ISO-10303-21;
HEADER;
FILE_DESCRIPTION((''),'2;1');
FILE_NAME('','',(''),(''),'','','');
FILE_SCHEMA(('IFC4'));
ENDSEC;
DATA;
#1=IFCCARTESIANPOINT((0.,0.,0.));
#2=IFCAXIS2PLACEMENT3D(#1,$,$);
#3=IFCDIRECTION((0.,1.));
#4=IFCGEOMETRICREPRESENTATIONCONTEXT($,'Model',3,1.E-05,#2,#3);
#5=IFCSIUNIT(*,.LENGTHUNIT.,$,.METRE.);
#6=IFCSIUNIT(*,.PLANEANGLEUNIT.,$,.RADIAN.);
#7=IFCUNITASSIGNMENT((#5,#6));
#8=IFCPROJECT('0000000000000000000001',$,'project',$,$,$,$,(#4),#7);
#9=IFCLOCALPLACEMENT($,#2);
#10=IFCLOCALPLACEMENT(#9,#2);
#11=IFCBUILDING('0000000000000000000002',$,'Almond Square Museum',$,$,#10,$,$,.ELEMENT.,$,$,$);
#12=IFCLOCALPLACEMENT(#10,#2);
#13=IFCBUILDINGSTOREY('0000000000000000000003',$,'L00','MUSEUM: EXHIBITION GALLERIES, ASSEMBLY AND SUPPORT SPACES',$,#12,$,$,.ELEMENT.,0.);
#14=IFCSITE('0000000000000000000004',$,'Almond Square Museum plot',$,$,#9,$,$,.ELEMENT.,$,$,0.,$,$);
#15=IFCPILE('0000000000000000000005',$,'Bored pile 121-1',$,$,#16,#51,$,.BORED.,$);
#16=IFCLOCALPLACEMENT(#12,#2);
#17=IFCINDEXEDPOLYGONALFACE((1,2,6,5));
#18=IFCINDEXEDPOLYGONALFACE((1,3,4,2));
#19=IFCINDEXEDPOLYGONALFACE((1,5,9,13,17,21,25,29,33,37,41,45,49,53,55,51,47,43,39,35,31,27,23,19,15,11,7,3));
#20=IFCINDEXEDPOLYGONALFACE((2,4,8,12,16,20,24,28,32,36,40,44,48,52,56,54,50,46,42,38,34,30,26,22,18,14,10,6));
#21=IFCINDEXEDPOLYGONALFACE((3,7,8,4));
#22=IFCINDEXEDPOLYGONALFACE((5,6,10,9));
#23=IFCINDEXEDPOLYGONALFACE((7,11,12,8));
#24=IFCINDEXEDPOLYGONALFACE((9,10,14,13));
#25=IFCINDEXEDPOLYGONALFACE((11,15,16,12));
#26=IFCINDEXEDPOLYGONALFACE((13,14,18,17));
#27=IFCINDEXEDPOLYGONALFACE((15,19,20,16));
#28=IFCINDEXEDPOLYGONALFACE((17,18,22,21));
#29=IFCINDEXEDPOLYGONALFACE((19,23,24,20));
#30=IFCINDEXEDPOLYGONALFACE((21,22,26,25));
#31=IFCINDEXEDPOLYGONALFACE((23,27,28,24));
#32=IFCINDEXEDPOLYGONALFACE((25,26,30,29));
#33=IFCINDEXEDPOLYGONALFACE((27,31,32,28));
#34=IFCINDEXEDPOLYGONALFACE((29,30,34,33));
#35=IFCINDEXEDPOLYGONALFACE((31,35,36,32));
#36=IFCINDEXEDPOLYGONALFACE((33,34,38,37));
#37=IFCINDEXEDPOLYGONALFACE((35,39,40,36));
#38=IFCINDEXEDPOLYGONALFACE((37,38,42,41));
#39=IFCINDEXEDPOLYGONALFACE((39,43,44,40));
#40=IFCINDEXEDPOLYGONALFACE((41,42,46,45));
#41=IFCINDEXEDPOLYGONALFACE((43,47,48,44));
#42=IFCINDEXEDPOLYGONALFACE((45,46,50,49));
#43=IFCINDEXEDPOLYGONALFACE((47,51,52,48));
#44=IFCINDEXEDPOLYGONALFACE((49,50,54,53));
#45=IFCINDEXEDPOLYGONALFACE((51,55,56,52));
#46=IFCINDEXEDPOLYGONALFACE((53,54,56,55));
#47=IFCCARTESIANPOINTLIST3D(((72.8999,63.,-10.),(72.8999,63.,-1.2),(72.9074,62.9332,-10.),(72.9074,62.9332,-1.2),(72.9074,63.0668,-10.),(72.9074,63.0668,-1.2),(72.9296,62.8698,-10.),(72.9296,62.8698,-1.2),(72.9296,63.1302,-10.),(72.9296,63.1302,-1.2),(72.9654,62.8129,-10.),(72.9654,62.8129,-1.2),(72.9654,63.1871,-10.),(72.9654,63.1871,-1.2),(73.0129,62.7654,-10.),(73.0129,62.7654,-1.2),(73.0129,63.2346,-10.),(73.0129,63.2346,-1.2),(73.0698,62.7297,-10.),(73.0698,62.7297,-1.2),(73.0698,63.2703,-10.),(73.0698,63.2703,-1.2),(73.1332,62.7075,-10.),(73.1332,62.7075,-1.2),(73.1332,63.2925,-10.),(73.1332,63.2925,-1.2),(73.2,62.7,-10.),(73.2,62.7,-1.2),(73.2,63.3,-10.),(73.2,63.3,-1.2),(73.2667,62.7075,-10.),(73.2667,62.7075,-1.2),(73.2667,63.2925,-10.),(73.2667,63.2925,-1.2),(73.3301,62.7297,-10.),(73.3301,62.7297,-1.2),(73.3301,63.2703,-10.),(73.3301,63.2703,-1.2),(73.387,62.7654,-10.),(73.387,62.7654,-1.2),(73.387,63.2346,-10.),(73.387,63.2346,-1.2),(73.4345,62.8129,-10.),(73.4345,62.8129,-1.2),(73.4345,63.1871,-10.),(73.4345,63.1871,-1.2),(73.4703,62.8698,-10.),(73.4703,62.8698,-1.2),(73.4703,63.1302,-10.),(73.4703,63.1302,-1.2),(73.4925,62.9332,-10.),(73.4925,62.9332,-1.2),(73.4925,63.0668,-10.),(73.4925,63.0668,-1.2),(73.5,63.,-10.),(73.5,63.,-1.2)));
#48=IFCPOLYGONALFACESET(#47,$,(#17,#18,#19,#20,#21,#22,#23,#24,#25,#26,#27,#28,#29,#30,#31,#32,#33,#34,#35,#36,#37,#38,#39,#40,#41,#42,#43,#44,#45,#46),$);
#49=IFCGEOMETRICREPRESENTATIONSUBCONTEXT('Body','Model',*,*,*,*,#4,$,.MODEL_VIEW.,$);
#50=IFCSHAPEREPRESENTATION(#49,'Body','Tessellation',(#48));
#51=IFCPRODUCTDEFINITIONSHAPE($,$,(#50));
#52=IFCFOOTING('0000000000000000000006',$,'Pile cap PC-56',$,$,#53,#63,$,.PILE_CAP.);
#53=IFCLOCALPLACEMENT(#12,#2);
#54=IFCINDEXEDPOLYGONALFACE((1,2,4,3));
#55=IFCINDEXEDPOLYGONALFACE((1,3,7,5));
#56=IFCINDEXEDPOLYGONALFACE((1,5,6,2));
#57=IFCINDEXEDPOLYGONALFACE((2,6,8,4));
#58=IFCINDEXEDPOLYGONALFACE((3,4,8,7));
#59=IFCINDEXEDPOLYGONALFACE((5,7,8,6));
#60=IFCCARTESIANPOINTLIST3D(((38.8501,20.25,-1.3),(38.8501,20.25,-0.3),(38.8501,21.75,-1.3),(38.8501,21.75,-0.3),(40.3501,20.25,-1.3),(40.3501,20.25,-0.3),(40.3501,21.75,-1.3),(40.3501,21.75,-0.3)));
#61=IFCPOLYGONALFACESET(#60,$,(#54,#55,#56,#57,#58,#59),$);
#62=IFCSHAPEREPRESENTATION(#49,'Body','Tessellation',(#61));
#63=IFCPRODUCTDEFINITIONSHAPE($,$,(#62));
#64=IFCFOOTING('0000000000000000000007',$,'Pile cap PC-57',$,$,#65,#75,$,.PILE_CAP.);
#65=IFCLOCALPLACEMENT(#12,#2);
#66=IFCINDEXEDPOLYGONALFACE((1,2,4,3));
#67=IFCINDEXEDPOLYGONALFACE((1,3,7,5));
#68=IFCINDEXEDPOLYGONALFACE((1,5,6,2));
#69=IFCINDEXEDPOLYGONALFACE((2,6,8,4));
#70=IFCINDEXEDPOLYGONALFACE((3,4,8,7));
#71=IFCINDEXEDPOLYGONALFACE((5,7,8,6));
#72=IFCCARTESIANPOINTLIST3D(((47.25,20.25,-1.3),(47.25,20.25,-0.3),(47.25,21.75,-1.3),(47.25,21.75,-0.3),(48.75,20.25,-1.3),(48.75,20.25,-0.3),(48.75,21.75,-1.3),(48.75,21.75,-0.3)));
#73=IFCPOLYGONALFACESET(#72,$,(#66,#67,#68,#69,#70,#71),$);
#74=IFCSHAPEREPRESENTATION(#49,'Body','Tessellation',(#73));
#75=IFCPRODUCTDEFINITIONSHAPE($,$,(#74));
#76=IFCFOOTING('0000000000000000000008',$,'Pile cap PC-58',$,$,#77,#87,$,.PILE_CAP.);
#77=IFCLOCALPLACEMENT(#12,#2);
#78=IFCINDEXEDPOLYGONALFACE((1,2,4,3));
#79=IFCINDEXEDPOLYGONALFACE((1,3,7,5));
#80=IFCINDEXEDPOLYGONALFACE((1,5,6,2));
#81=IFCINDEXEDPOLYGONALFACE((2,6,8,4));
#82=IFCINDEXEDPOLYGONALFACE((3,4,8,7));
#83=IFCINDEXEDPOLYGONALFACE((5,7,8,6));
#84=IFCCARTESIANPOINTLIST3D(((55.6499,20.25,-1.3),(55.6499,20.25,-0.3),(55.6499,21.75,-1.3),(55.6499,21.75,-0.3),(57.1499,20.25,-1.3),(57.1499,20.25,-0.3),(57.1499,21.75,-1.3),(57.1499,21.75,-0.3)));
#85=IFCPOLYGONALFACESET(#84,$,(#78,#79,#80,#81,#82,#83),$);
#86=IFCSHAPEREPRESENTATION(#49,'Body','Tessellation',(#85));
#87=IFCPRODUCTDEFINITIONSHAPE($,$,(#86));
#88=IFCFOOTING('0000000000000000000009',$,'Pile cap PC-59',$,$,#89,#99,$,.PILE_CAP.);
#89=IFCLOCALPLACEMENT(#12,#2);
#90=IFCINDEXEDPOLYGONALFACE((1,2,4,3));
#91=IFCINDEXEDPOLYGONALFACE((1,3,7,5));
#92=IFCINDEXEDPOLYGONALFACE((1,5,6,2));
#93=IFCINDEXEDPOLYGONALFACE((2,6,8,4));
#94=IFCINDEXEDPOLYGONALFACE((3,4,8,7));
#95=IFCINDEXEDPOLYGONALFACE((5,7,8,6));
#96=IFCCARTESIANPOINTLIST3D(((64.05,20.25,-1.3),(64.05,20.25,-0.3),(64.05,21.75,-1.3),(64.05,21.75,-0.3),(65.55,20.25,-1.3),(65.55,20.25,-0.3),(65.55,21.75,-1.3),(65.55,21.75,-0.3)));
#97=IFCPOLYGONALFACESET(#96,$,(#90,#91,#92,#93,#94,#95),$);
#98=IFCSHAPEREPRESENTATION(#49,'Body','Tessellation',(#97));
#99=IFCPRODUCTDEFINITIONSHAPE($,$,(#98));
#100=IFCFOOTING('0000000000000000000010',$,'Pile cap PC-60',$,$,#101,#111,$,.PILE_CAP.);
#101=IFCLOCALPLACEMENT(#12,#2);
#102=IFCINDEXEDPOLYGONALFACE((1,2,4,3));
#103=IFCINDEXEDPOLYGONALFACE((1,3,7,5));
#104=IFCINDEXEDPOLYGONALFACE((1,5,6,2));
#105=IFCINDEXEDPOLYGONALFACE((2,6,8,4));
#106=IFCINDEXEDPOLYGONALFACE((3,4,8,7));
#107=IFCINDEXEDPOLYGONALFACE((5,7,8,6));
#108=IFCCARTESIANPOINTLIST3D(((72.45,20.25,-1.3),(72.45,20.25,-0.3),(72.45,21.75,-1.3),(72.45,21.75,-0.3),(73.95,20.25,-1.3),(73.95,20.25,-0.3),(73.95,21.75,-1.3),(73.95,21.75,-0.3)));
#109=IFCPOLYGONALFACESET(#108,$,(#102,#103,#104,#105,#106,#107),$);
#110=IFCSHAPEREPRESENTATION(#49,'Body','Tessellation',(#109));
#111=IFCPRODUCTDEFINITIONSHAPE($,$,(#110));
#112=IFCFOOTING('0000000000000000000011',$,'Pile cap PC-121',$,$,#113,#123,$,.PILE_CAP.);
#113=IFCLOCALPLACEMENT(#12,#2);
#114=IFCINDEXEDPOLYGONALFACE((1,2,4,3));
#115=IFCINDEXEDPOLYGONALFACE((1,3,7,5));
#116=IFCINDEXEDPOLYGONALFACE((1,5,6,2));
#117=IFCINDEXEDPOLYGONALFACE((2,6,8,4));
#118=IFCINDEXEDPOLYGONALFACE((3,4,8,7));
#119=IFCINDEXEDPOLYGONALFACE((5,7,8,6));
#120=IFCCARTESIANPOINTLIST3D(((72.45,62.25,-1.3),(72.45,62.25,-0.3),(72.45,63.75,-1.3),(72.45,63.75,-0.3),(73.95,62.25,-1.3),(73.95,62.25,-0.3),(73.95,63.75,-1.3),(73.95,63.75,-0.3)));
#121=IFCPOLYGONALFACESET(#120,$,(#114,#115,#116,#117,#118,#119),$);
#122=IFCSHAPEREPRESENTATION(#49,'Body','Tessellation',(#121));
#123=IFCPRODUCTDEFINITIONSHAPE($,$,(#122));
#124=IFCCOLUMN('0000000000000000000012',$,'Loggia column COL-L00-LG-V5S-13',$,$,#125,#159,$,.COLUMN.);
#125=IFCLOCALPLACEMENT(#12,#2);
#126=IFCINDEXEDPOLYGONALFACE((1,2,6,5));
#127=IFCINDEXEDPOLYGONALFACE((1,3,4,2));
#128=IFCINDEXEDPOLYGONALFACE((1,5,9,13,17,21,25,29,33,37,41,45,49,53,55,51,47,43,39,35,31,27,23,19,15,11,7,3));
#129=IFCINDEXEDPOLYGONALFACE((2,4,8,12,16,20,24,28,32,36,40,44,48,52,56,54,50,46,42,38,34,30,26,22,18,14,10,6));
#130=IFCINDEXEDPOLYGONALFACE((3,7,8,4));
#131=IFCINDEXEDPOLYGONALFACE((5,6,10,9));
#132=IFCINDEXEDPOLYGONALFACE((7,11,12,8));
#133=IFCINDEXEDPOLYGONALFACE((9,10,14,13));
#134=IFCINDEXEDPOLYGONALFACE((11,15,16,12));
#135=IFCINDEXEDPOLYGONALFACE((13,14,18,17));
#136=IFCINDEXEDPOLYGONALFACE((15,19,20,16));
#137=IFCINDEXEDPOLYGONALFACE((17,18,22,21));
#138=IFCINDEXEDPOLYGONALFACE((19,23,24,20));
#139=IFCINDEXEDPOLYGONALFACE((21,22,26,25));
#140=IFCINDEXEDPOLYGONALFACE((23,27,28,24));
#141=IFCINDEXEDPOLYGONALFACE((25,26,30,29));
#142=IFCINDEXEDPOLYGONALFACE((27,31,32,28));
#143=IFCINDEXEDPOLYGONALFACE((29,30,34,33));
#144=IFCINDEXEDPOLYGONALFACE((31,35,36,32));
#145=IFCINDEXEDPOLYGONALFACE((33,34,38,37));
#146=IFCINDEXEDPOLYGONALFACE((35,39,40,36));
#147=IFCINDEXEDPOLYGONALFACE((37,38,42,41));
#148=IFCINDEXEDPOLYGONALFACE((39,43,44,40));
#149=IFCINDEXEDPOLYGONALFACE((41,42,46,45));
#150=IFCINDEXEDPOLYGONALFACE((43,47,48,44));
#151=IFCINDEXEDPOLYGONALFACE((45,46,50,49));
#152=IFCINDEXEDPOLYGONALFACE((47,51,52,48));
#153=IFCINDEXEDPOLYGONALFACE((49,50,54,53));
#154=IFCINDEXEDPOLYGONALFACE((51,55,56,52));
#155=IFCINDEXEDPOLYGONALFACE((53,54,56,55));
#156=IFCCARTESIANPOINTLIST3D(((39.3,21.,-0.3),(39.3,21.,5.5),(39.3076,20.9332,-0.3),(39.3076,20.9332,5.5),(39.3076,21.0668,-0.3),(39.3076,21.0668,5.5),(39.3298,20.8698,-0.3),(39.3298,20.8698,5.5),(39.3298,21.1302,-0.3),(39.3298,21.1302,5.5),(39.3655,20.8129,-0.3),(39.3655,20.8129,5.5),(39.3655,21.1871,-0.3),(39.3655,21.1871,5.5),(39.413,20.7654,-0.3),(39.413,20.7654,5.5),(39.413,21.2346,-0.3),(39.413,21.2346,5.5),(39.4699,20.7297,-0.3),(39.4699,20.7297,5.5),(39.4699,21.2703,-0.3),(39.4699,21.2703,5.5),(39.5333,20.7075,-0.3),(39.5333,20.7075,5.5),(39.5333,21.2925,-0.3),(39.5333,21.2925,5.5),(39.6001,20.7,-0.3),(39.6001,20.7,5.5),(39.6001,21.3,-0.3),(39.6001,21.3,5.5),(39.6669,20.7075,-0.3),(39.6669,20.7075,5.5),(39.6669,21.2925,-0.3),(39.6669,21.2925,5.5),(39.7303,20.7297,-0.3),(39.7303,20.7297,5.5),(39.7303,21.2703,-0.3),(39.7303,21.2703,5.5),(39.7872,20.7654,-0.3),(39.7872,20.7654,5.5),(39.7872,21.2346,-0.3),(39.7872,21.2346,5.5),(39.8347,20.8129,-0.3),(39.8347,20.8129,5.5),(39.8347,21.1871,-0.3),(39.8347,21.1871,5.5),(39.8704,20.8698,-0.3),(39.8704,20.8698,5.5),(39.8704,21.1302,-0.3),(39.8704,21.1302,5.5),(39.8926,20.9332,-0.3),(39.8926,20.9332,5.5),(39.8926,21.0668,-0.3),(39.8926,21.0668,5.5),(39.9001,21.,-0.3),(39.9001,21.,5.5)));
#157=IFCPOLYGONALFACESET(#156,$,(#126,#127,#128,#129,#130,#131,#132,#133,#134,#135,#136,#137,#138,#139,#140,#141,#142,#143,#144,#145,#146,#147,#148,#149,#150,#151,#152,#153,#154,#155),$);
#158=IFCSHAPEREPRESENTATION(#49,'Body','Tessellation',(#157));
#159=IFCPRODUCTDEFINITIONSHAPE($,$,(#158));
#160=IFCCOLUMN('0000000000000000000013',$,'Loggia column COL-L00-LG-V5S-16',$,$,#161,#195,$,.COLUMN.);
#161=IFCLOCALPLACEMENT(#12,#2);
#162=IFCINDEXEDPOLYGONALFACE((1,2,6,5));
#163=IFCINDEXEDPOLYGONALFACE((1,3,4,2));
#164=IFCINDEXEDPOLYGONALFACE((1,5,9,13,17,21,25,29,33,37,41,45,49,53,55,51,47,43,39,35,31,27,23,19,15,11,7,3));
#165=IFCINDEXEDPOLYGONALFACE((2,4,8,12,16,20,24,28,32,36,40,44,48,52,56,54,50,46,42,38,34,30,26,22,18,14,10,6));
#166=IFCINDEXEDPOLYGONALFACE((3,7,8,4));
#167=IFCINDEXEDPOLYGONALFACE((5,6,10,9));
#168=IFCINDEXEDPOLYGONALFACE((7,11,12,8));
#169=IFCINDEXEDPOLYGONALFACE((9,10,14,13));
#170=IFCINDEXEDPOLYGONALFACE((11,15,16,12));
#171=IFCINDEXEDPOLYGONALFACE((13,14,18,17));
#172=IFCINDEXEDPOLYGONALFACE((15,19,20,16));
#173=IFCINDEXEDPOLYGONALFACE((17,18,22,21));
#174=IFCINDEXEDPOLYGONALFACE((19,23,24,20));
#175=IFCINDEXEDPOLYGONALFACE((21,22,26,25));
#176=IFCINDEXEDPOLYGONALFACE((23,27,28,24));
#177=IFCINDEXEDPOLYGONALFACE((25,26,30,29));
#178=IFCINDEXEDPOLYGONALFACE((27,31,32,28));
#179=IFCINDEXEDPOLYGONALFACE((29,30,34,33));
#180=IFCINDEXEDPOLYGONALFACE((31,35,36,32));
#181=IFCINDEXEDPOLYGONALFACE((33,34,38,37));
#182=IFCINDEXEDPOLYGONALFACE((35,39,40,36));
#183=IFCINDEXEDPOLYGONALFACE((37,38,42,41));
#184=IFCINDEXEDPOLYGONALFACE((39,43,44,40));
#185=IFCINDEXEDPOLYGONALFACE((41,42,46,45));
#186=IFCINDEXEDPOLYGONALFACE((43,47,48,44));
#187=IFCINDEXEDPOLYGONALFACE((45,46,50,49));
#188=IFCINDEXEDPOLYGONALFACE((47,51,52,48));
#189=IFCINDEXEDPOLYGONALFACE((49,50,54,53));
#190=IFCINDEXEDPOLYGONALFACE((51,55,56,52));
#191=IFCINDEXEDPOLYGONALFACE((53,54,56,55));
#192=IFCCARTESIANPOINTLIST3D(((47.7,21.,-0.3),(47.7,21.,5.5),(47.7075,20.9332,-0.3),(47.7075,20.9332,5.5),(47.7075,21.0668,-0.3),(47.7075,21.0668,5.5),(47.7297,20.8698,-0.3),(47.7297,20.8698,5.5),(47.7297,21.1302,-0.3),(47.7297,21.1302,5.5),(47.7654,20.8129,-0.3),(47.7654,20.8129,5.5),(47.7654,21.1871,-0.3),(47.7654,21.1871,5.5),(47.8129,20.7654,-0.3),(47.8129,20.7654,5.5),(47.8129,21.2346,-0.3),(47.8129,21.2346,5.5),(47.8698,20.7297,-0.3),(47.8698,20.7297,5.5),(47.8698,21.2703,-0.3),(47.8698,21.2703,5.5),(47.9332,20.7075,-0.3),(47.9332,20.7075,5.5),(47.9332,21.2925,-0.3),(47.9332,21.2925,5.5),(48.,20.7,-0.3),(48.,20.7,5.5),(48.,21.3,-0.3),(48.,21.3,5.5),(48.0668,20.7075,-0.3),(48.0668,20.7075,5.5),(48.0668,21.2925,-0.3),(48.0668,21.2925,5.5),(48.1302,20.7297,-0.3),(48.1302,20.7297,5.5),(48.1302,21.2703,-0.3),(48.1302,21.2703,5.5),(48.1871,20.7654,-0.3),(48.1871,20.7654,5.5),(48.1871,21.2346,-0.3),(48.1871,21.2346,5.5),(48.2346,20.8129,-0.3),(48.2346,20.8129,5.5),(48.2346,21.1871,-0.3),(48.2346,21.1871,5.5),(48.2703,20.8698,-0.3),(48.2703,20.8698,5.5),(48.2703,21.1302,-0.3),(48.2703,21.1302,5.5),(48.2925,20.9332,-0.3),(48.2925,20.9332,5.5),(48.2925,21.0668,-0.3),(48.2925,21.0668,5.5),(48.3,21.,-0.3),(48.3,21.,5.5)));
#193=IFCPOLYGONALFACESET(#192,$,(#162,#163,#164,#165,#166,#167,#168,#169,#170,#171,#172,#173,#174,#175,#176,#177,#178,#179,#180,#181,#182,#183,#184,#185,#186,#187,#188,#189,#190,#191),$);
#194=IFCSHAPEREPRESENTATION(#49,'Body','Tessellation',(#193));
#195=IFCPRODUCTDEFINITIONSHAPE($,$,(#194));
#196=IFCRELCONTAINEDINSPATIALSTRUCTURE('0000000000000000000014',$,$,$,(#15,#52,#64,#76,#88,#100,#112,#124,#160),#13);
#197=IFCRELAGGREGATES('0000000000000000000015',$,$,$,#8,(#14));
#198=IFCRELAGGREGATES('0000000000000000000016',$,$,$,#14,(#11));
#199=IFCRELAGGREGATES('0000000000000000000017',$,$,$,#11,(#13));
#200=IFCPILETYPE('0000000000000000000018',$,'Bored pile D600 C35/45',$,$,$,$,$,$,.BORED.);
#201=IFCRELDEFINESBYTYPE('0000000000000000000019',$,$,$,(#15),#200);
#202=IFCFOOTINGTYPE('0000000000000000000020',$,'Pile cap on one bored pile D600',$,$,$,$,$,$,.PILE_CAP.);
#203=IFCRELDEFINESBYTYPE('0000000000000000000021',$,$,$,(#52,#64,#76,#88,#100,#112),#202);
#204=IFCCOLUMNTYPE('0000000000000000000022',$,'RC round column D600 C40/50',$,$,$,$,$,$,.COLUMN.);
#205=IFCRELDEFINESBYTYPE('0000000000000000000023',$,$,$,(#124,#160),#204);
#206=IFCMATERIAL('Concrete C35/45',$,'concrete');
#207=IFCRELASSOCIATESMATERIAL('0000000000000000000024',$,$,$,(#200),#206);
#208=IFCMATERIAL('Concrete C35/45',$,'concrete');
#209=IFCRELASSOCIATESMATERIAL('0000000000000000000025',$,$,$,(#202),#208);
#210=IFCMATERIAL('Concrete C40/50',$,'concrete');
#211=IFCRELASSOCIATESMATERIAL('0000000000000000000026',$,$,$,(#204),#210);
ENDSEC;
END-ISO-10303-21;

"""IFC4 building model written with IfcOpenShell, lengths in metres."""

from ifc_helpers import new_model, si_unit, direction, frame, origin, origin_2d, place, context, subcontext, project, spatial, rectangle, circle, extrude, material, material_profile, profile_set, type_object, element, save


model = new_model("IFC4")

# Units and contexts
model_context = context("Model", 3, precision=1e-05, world=origin(), true_north=direction((0.0, 1.0)))
body_context = subcontext(model_context, "Body", "Model", "MODEL_VIEW")
ifc_project = project(units=[si_unit("LENGTHUNIT", "METRE"), si_unit("PLANEANGLEUNIT", "RADIAN")], contexts=[model_context])

# Site, building, storey
site_placement = place(None, origin())
site = spatial("IfcSite", under=ifc_project, at=site_placement, Name="Almond Square Museum plot", CompositionType="ELEMENT", RefElevation=0.0)
building_placement = place(site_placement, origin())
building = spatial("IfcBuilding", under=site, at=building_placement, Name="Almond Square Museum", CompositionType="ELEMENT")
storey_placement = place(building_placement, origin())
storey = spatial("IfcBuildingStorey", under=building, at=storey_placement, Name="L00", Description="MUSEUM: EXHIBITION GALLERIES, ASSEMBLY AND SUPPORT SPACES", CompositionType="ELEMENT", Elevation=0.0)

# Pile
ifc_material_1 = material(Name="Concrete C35/45", Category="concrete")
ifc_material_profile_1 = material_profile(ifc_material_1, circle(Radius=0.3, at=origin_2d()))
ifc_profile_set_1 = profile_set([ifc_material_profile_1], Name="Concrete C35/45")
pile_type = type_object("IfcPileType", Name="Bored pile D600 C35/45", PredefinedType="BORED", material=ifc_profile_set_1)
for number, where, z_axis, x_axis, name in (
    (1, (73.2, 63.0, -1.2), (0.0, 0.0, -1.0), (1.0, 0.0, 0.0), "Bored pile 121-1"),
):
    element("IfcPile", number, at=place(storey_placement, frame(where, z_axis=z_axis, x_axis=x_axis)), inside=storey, type_object=pile_type, Name=name, PredefinedType="BORED", context=body_context, shape_type="SweptSolid", body=[
        extrude(circle(Radius=0.3, at=origin_2d()), origin(), (0.0, 0.0, 1.0), 8.8),
    ])

# Footings
ifc_material_2 = material(Name="Concrete C35/45", Category="concrete")
footing_type = type_object("IfcFootingType", Name="Pile cap on one bored pile D600", PredefinedType="PILE_CAP", material=ifc_material_2)
for number, where, z_axis, x_axis, name in (
    (2, (39.6001, 21.0, -1.3), (0.0, 0.0, 1.0), (1.0, 0.0, 0.0), "Pile cap PC-56"),
    (3, (48.0, 21.0, -1.3), (0.0, 0.0, 1.0), (1.0, 0.0, 0.0), "Pile cap PC-57"),
    (4, (56.3999, 21.0, -1.3), (0.0, 0.0, 1.0), (1.0, 0.0, 0.0), "Pile cap PC-58"),
    (5, (64.8, 21.0, -1.3), (0.0, 0.0, 1.0), (1.0, 0.0, 0.0), "Pile cap PC-59"),
    (6, (73.2, 21.0, -1.3), (0.0, 0.0, 1.0), (1.0, 0.0, 0.0), "Pile cap PC-60"),
    (7, (73.2, 63.0, -1.3), (0.0, 0.0, 1.0), (1.0, 0.0, 0.0), "Pile cap PC-121"),
):
    element("IfcFooting", number, at=place(storey_placement, frame(where, z_axis=z_axis, x_axis=x_axis)), inside=storey, type_object=footing_type, Name=name, PredefinedType="PILE_CAP", context=body_context, shape_type="SweptSolid", body=[
        extrude(rectangle(XDim=1.5, YDim=1.5, at=origin_2d()), origin(), (0.0, 0.0, 1.0), 1.0),
    ])

# Columns
ifc_material_3 = material(Name="Concrete C40/50", Category="concrete")
ifc_material_profile_2 = material_profile(ifc_material_3, circle(Radius=0.3, at=origin_2d()))
ifc_profile_set_2 = profile_set([ifc_material_profile_2], Name="Concrete C40/50")
column_type = type_object("IfcColumnType", Name="RC round column D600 C40/50", PredefinedType="COLUMN", material=ifc_profile_set_2)
for number, where, z_axis, x_axis, name in (
    (8, (39.6001, 21.0, -0.3), (0.0, 0.0, 1.0), (1.0, 0.0, 0.0), "Loggia column COL-L00-LG-V5S-13"),
    (9, (48.0, 21.0, -0.3), (0.0, 0.0, 1.0), (1.0, 0.0, 0.0), "Loggia column COL-L00-LG-V5S-16"),
):
    element("IfcColumn", number, at=place(storey_placement, frame(where, z_axis=z_axis, x_axis=x_axis)), inside=storey, type_object=column_type, Name=name, PredefinedType="COLUMN", context=body_context, shape_type="SweptSolid", body=[
        extrude(circle(Radius=0.3, at=origin_2d()), origin(), (0.0, 0.0, 1.0), 5.8),
    ])

save(model, "model.ifc")
